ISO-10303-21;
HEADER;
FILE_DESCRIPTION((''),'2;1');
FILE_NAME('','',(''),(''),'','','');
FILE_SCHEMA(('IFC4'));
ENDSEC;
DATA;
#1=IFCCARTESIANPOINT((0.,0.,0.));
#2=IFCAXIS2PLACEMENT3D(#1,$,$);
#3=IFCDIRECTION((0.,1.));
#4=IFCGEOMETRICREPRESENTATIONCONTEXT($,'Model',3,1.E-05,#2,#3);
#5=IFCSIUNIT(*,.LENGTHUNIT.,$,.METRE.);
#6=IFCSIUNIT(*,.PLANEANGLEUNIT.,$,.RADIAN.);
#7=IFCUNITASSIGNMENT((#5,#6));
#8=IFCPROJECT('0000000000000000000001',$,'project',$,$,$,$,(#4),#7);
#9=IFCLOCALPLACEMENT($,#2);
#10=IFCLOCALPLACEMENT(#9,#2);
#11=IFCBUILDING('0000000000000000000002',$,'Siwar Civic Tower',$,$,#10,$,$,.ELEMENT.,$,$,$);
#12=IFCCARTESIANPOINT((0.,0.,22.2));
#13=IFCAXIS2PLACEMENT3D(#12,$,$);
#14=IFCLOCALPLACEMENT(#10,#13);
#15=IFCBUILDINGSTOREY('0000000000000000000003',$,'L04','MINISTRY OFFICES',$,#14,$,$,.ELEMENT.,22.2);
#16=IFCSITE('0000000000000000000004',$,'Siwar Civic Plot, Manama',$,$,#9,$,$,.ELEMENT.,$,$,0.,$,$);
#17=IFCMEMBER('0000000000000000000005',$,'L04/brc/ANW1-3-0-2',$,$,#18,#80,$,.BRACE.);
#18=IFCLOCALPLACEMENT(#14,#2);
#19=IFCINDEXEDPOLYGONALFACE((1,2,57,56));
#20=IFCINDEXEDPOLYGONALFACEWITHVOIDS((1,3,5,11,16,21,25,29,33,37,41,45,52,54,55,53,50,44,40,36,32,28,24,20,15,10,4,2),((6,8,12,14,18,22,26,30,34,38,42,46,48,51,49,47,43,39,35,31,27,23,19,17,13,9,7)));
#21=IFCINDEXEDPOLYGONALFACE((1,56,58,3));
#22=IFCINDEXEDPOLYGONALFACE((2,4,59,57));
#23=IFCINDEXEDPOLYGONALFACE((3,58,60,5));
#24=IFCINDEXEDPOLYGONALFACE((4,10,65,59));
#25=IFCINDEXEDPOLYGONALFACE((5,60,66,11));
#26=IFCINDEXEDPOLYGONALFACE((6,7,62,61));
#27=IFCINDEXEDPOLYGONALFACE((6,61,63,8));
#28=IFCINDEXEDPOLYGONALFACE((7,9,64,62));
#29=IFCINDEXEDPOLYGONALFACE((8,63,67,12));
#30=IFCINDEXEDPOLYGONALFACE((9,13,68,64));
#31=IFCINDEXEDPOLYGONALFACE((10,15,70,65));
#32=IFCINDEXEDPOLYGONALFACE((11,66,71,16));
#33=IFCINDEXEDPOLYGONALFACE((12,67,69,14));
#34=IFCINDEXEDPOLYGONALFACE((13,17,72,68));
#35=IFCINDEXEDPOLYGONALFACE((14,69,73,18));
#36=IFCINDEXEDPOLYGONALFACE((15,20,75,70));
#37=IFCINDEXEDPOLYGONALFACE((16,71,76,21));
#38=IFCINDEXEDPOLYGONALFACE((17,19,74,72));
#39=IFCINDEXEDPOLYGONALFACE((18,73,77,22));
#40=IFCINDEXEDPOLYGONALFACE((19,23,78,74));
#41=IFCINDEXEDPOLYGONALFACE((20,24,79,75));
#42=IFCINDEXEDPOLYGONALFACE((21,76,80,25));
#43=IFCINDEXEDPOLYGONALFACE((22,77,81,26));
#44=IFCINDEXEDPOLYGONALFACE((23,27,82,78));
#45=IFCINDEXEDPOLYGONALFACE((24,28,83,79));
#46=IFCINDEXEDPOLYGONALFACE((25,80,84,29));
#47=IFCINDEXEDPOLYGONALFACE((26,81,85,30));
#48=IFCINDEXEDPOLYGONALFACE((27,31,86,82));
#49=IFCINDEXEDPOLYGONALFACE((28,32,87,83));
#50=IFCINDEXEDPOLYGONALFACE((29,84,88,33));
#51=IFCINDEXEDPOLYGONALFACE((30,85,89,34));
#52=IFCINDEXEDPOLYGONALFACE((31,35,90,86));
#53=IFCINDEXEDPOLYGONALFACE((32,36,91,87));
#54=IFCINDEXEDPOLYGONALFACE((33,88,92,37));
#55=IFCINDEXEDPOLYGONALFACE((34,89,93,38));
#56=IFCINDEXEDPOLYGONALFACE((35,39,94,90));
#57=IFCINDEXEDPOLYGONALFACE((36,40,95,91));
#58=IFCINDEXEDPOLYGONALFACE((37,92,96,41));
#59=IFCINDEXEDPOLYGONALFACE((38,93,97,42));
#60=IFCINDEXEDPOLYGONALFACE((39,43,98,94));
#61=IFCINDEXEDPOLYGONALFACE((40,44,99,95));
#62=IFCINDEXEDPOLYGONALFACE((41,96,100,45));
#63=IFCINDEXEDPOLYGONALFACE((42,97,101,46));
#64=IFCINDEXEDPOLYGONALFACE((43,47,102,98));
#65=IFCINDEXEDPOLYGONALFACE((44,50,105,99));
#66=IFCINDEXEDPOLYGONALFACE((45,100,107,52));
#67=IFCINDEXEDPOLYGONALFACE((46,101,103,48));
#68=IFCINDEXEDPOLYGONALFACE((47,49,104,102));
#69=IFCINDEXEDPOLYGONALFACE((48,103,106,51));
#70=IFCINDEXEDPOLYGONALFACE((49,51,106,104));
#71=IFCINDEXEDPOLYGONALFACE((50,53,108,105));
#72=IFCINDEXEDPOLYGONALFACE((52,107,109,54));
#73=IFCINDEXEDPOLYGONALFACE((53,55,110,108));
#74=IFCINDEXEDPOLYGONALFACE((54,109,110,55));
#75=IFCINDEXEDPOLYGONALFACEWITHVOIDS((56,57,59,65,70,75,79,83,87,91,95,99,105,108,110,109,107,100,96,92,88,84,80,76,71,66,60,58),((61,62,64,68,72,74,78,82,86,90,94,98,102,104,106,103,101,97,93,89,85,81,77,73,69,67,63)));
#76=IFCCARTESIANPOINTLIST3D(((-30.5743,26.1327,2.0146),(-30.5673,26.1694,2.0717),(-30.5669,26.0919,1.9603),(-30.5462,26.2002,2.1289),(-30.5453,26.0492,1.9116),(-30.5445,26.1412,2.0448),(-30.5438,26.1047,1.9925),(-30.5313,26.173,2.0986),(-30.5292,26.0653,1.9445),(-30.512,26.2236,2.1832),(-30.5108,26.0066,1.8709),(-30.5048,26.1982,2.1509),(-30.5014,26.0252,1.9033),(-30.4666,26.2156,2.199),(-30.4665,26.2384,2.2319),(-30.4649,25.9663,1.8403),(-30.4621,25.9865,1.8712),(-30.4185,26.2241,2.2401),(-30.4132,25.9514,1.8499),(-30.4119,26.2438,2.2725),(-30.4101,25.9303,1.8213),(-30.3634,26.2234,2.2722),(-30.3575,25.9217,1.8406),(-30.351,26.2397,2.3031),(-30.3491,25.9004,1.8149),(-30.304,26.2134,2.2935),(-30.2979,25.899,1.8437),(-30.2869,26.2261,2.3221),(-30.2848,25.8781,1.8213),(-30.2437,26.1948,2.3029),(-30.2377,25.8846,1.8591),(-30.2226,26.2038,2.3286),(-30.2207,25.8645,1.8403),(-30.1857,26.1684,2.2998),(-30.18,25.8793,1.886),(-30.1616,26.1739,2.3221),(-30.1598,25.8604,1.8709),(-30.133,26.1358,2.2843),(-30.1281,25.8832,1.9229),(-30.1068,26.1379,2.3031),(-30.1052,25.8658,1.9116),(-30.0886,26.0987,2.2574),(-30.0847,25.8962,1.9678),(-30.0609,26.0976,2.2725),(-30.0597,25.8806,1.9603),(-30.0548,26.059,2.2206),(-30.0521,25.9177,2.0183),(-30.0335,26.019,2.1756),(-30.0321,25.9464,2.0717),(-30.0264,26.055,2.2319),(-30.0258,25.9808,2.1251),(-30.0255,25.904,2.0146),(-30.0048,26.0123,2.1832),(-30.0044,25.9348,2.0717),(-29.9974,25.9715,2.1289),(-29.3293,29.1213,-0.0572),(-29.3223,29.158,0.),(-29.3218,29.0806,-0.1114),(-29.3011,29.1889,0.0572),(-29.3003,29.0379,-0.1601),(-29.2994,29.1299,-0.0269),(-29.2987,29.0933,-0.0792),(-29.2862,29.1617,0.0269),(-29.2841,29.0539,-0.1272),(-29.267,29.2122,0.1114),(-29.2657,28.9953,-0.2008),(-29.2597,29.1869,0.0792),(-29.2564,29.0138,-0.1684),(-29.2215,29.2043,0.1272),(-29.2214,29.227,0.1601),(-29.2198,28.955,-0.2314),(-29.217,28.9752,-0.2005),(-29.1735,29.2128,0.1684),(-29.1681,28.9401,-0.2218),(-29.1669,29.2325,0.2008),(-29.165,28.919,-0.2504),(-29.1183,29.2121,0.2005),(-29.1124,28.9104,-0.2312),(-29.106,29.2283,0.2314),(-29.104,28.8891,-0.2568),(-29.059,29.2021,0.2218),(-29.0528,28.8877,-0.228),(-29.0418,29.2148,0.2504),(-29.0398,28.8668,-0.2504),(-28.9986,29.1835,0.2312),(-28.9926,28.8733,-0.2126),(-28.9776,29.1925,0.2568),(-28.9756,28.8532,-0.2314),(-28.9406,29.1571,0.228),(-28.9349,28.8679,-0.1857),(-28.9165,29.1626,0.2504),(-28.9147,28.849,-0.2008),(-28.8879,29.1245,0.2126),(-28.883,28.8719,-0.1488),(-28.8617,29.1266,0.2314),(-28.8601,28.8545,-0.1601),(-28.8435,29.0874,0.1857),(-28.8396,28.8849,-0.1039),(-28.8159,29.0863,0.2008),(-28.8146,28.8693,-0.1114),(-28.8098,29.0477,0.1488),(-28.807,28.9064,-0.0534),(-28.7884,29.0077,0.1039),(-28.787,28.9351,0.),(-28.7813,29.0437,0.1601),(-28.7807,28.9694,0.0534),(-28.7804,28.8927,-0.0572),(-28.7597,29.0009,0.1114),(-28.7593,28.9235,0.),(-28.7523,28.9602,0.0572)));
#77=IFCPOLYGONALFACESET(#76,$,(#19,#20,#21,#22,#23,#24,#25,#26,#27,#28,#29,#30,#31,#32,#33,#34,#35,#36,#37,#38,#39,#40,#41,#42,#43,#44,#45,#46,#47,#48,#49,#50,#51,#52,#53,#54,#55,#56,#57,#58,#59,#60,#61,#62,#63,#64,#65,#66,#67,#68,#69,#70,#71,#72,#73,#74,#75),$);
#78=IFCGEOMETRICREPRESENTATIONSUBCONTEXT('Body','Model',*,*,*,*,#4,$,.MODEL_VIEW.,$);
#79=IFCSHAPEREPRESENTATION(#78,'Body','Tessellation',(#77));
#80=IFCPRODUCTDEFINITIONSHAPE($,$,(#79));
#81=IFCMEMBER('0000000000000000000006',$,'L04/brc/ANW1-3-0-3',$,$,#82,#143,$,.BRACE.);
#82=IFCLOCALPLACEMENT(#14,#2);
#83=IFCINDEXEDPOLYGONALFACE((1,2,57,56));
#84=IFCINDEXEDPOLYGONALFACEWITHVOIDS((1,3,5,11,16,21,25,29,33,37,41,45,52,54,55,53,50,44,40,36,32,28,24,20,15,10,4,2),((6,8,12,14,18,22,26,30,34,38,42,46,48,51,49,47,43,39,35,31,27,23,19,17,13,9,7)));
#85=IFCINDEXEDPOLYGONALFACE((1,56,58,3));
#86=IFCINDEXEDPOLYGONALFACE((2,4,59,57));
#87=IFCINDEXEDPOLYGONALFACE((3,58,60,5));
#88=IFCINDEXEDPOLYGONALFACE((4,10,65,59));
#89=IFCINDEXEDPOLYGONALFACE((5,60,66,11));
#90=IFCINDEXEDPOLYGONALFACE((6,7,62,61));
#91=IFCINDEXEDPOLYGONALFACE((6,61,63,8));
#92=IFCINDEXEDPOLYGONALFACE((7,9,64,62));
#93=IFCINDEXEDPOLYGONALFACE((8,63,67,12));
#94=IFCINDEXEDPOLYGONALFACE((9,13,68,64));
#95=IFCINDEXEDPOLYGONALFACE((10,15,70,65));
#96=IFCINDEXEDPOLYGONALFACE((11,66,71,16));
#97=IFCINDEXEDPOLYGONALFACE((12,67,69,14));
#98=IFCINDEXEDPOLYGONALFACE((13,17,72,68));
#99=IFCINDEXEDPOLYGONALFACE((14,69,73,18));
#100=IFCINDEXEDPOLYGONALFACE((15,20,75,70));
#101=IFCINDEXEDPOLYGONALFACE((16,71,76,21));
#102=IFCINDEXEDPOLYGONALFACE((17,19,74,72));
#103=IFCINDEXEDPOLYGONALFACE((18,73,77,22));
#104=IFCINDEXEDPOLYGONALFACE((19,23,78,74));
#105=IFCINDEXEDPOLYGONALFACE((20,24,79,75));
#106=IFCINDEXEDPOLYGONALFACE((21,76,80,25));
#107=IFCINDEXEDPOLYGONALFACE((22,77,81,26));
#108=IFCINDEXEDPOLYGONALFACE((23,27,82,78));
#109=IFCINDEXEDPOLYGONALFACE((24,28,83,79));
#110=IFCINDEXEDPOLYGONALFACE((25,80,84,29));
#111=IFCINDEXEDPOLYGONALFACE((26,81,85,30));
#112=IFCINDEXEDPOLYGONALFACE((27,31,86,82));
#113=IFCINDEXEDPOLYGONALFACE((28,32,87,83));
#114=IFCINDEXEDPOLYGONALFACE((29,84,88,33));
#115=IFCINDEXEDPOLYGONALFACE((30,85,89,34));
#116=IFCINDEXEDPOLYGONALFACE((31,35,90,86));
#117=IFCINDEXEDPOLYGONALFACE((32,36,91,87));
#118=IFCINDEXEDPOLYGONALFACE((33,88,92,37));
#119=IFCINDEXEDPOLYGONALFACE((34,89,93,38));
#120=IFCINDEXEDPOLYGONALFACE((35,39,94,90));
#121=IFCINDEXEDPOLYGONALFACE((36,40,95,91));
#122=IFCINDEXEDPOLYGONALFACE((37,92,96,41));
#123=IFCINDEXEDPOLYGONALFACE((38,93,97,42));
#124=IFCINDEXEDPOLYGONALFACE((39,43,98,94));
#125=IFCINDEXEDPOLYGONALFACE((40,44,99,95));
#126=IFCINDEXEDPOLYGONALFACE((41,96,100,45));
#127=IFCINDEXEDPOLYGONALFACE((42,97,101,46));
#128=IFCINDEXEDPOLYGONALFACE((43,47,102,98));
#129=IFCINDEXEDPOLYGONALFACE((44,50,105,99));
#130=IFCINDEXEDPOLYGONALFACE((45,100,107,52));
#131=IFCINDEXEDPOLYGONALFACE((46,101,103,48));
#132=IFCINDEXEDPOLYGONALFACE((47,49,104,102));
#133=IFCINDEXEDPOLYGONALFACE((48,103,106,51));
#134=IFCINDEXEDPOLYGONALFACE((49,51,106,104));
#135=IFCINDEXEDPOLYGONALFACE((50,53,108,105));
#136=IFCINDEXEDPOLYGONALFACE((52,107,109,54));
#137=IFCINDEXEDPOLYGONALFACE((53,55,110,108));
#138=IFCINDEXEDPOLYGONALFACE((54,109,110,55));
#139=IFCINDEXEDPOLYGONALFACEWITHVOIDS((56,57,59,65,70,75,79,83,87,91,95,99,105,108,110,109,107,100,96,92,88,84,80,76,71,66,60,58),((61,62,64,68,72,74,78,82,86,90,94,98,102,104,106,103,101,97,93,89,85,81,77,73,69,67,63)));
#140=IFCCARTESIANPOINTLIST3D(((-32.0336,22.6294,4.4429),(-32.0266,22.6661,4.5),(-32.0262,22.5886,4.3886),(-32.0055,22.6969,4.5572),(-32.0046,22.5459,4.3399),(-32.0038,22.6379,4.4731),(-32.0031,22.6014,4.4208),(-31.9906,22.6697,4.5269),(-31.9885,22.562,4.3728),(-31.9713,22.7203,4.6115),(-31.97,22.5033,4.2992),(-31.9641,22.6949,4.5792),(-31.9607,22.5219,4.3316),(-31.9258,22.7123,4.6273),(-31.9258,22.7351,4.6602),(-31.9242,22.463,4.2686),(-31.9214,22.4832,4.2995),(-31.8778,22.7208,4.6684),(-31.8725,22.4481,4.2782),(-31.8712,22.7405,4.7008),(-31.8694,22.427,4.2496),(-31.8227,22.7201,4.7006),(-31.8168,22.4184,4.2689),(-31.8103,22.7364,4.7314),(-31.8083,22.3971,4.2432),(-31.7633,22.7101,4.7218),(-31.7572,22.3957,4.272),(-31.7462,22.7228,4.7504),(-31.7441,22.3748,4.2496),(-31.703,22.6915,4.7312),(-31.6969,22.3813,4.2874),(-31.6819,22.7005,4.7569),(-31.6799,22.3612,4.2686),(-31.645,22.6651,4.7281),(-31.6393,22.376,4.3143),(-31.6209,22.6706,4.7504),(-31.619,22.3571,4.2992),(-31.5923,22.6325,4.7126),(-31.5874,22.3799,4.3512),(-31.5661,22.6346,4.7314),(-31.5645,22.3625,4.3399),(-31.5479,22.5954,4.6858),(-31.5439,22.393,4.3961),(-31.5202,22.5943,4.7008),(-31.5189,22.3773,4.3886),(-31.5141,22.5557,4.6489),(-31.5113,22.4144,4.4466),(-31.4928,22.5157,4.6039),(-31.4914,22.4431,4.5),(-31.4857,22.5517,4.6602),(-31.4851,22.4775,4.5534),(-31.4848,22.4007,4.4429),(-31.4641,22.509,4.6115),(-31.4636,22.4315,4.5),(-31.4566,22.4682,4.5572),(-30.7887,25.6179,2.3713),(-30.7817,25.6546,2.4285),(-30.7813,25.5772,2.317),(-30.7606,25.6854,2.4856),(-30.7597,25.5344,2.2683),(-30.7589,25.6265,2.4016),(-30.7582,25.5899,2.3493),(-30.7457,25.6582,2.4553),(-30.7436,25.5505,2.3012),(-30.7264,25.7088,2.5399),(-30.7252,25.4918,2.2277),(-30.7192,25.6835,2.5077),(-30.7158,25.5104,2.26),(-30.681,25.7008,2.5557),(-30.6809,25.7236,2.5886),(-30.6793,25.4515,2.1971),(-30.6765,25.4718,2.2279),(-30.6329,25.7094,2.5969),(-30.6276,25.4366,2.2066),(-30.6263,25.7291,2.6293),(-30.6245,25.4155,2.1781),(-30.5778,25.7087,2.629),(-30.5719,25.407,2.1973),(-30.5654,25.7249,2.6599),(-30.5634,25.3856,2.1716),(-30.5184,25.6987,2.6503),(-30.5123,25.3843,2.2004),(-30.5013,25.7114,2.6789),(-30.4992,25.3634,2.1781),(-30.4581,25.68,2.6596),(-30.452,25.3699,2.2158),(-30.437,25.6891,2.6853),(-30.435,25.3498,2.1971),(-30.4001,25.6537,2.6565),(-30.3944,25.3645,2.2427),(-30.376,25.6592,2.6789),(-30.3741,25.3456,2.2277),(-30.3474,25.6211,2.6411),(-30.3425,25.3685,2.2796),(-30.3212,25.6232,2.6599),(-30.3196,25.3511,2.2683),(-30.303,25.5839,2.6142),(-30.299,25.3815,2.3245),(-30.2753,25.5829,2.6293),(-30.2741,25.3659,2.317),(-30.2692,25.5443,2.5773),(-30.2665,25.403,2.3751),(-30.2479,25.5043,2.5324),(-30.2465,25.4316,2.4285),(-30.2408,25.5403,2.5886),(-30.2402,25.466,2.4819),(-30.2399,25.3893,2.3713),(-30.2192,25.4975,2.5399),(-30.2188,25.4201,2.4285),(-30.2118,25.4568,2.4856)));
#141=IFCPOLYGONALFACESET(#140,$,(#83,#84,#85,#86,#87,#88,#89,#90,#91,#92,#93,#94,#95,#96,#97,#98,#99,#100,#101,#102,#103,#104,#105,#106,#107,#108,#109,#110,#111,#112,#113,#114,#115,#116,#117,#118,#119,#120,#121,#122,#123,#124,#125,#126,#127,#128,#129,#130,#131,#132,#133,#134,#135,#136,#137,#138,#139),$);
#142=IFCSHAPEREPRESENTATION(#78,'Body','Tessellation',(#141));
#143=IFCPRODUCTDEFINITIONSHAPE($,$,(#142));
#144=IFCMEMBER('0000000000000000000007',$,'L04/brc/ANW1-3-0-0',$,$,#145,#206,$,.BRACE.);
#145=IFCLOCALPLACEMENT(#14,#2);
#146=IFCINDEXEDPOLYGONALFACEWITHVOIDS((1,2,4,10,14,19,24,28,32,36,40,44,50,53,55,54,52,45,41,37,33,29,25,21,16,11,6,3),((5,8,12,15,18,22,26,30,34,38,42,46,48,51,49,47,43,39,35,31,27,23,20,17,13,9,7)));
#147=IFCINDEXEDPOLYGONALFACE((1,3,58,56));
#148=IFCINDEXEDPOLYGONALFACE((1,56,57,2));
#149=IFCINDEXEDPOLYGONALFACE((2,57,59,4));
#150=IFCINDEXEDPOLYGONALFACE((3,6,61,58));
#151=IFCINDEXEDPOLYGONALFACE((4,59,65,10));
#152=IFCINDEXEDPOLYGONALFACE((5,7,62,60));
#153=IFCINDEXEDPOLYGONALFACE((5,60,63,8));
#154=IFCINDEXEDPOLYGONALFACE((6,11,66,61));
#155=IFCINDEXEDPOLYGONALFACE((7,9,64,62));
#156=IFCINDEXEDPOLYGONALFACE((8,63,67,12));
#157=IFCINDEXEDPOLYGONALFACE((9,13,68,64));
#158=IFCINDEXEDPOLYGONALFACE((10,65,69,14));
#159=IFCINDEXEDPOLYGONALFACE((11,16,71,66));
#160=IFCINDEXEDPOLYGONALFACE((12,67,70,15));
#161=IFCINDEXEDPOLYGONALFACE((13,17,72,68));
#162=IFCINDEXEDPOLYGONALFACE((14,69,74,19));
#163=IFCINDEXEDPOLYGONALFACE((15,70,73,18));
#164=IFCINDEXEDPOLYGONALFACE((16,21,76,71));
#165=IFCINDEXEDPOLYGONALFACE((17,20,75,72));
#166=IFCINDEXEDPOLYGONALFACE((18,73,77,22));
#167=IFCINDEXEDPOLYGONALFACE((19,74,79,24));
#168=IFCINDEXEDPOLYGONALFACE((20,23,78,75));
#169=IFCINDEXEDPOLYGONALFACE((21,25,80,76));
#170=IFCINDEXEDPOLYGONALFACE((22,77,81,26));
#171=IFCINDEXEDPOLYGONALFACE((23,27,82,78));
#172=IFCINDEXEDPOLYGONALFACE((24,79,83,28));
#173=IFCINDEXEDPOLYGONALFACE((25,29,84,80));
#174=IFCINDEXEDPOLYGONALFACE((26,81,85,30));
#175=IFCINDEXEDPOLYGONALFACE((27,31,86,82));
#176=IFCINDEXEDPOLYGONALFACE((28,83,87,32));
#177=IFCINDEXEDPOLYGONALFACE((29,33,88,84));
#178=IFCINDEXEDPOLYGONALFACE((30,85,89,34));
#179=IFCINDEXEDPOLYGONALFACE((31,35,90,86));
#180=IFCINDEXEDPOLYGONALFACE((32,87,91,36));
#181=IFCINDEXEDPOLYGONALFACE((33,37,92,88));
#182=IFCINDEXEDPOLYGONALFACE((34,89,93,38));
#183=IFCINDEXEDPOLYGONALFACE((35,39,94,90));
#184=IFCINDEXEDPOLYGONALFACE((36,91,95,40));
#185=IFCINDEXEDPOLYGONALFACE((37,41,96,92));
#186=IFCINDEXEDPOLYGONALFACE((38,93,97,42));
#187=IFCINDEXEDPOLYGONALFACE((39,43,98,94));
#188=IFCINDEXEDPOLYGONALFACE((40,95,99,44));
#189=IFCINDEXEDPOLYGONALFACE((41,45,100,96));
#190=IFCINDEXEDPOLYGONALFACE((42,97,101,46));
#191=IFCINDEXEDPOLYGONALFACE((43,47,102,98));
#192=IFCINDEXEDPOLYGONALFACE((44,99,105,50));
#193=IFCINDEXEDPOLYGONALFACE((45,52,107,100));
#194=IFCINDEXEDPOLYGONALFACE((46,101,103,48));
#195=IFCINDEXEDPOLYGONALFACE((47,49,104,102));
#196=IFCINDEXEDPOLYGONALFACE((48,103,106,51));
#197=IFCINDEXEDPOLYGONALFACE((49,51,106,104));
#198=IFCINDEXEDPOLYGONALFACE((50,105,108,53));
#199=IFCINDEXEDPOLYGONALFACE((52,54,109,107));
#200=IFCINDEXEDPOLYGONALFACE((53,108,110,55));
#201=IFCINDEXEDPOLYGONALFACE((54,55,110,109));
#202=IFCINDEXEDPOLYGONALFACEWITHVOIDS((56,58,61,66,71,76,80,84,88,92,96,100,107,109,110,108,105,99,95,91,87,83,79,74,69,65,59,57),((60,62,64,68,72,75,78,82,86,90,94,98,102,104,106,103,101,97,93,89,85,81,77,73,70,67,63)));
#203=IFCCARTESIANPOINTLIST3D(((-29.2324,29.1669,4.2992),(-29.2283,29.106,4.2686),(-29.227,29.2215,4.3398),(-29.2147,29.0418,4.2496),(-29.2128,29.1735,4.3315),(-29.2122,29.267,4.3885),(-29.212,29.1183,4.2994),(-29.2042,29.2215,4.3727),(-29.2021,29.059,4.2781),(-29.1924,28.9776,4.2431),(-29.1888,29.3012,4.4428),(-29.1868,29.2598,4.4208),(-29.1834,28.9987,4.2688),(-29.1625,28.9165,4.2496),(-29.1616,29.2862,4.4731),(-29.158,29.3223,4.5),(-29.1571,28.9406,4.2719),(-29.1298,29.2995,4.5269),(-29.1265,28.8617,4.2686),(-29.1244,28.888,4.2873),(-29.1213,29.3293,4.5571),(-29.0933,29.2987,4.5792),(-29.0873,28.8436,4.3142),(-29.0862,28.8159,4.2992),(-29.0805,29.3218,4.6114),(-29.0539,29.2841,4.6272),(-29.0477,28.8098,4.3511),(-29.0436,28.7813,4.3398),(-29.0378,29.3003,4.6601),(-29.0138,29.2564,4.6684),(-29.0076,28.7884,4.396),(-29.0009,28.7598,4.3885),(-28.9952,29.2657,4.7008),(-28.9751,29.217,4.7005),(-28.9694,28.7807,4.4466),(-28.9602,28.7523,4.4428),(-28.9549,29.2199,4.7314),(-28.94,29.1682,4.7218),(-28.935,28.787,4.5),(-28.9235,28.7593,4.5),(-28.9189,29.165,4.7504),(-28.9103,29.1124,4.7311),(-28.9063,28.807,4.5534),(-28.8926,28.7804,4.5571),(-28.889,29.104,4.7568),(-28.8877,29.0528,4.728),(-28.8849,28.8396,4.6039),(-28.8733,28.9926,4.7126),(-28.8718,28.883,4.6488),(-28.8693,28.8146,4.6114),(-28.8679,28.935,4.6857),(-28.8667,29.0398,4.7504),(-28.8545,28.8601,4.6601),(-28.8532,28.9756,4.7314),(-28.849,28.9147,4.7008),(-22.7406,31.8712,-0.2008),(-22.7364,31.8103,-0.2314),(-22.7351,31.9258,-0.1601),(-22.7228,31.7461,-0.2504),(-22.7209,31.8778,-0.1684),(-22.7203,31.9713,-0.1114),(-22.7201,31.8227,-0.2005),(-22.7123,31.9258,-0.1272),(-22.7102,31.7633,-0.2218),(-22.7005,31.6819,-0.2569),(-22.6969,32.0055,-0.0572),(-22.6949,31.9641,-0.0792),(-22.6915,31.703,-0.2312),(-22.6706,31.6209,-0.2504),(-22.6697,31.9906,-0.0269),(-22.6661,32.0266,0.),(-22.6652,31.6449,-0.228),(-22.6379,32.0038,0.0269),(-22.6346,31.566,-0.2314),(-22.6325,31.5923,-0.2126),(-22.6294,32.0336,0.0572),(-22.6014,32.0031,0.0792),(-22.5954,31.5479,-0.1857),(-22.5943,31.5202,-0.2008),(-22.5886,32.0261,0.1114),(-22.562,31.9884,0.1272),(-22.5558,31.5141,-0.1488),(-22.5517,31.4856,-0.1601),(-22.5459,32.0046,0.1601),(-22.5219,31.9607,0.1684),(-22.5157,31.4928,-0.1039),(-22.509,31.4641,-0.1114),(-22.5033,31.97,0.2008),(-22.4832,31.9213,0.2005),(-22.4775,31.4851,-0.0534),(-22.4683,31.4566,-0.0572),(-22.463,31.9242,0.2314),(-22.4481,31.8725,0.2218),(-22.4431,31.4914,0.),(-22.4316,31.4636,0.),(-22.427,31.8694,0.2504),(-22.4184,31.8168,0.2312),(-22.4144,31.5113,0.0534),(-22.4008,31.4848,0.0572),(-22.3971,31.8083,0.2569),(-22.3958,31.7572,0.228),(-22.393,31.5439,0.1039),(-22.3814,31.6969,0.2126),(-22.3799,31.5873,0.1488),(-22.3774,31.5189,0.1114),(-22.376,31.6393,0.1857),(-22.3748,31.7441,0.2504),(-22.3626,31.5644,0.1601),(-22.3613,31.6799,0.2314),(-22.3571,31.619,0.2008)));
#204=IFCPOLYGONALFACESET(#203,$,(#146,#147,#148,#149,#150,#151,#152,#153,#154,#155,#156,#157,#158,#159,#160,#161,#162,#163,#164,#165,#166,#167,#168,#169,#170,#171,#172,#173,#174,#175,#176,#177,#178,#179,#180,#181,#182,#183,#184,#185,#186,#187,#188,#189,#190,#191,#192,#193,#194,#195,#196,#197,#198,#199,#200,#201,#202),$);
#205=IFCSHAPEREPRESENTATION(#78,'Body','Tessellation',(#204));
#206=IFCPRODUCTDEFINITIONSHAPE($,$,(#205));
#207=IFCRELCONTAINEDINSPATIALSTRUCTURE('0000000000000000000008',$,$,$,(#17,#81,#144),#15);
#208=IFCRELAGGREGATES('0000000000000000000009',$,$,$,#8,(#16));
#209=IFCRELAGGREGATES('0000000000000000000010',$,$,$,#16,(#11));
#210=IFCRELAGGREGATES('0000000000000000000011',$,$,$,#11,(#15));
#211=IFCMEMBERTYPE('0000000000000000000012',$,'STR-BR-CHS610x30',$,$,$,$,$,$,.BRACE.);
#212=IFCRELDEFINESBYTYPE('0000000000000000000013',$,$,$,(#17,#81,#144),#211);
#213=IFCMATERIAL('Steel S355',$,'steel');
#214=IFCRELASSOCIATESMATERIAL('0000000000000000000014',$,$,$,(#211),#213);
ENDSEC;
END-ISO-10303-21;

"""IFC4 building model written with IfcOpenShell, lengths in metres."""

from ifc_helpers import new_model, si_unit, direction, frame, origin, origin_2d, place, context, subcontext, project, spatial, hollow_circle, extrude, material, material_profile, profile_set, type_object, element, save


model = new_model("IFC4")

# Units and contexts
model_context = context("Model", 3, precision=1e-05, world=origin(), true_north=direction((0.0, 1.0)))
body_context = subcontext(model_context, "Body", "Model", "MODEL_VIEW")
ifc_project = project(units=[si_unit("LENGTHUNIT", "METRE"), si_unit("PLANEANGLEUNIT", "RADIAN")], contexts=[model_context])

# Site, building, storey
site_placement = place(None, origin())
site = spatial("IfcSite", under=ifc_project, at=site_placement, Name="Siwar Civic Plot, Manama", CompositionType="ELEMENT", RefElevation=0.0)
building_placement = place(site_placement, origin())
building = spatial("IfcBuilding", under=site, at=building_placement, Name="Siwar Civic Tower", CompositionType="ELEMENT")
storey_placement = place(building_placement, frame((0.0, 0.0, 22.2)))
storey = spatial("IfcBuildingStorey", under=building, at=storey_placement, Name="L04", Description="MINISTRY OFFICES", CompositionType="ELEMENT", Elevation=22.2)

# Members
ifc_material_1 = material(Name="Steel S355", Category="steel")
ifc_material_profile_1 = material_profile(ifc_material_1, hollow_circle(Radius=0.3049, WallThickness=0.03, at=origin_2d()), Name="CHS610x30")
ifc_profile_set_1 = profile_set([ifc_material_profile_1], Name="Steel S355")
member_type_1 = type_object("IfcMemberType", Name="STR-BR-CHS610x30", PredefinedType="BRACE", material=ifc_profile_set_1)
member_1_placement = place(storey_placement, frame((-29.0408, 29.0408, 0.0), z_axis=(-0.323923, -0.777542, 0.538982), x_axis=(0.923099, -0.384562, 0.0)))
element("IfcMember", 1, at=member_1_placement, inside=storey, type_object=member_type_1, Name="L04/brc/ANW1-3-0-2", PredefinedType="BRACE", context=body_context, shape_type="SweptSolid", body=[
    extrude(hollow_circle(Radius=0.3049, WallThickness=0.03, at=origin_2d()), origin(), (0.0, 0.0, 1.0), 3.8438),
])
member_2_placement = place(storey_placement, frame((-30.5002, 25.5374, 2.4285), z_axis=(-0.323893, -0.77756, 0.538975), x_axis=(0.923115, -0.384524, 0.0)))
element("IfcMember", 2, at=member_2_placement, inside=storey, type_object=member_type_1, Name="L04/brc/ANW1-3-0-3", PredefinedType="BRACE", context=body_context, shape_type="SweptSolid", body=[
    extrude(hollow_circle(Radius=0.3049, WallThickness=0.03, at=origin_2d()), origin(), (0.0, 0.0, 1.0), 3.8435),
])
member_3_placement = place(storey_placement, frame((-22.5488, 31.7451, 0.0), z_axis=(-0.777555, -0.323906, 0.538975), x_axis=(0.384539, -0.923109, 0.0)))
element("IfcMember", 3, at=member_3_placement, inside=storey, type_object=member_type_1, Name="L04/brc/ANW1-3-0-0", PredefinedType="BRACE", context=body_context, shape_type="SweptSolid", body=[
    extrude(hollow_circle(Radius=0.3049, WallThickness=0.03, at=origin_2d()), origin(), (0.0, 0.0, 1.0), 8.3491),
])

save(model, "model.ifc")
